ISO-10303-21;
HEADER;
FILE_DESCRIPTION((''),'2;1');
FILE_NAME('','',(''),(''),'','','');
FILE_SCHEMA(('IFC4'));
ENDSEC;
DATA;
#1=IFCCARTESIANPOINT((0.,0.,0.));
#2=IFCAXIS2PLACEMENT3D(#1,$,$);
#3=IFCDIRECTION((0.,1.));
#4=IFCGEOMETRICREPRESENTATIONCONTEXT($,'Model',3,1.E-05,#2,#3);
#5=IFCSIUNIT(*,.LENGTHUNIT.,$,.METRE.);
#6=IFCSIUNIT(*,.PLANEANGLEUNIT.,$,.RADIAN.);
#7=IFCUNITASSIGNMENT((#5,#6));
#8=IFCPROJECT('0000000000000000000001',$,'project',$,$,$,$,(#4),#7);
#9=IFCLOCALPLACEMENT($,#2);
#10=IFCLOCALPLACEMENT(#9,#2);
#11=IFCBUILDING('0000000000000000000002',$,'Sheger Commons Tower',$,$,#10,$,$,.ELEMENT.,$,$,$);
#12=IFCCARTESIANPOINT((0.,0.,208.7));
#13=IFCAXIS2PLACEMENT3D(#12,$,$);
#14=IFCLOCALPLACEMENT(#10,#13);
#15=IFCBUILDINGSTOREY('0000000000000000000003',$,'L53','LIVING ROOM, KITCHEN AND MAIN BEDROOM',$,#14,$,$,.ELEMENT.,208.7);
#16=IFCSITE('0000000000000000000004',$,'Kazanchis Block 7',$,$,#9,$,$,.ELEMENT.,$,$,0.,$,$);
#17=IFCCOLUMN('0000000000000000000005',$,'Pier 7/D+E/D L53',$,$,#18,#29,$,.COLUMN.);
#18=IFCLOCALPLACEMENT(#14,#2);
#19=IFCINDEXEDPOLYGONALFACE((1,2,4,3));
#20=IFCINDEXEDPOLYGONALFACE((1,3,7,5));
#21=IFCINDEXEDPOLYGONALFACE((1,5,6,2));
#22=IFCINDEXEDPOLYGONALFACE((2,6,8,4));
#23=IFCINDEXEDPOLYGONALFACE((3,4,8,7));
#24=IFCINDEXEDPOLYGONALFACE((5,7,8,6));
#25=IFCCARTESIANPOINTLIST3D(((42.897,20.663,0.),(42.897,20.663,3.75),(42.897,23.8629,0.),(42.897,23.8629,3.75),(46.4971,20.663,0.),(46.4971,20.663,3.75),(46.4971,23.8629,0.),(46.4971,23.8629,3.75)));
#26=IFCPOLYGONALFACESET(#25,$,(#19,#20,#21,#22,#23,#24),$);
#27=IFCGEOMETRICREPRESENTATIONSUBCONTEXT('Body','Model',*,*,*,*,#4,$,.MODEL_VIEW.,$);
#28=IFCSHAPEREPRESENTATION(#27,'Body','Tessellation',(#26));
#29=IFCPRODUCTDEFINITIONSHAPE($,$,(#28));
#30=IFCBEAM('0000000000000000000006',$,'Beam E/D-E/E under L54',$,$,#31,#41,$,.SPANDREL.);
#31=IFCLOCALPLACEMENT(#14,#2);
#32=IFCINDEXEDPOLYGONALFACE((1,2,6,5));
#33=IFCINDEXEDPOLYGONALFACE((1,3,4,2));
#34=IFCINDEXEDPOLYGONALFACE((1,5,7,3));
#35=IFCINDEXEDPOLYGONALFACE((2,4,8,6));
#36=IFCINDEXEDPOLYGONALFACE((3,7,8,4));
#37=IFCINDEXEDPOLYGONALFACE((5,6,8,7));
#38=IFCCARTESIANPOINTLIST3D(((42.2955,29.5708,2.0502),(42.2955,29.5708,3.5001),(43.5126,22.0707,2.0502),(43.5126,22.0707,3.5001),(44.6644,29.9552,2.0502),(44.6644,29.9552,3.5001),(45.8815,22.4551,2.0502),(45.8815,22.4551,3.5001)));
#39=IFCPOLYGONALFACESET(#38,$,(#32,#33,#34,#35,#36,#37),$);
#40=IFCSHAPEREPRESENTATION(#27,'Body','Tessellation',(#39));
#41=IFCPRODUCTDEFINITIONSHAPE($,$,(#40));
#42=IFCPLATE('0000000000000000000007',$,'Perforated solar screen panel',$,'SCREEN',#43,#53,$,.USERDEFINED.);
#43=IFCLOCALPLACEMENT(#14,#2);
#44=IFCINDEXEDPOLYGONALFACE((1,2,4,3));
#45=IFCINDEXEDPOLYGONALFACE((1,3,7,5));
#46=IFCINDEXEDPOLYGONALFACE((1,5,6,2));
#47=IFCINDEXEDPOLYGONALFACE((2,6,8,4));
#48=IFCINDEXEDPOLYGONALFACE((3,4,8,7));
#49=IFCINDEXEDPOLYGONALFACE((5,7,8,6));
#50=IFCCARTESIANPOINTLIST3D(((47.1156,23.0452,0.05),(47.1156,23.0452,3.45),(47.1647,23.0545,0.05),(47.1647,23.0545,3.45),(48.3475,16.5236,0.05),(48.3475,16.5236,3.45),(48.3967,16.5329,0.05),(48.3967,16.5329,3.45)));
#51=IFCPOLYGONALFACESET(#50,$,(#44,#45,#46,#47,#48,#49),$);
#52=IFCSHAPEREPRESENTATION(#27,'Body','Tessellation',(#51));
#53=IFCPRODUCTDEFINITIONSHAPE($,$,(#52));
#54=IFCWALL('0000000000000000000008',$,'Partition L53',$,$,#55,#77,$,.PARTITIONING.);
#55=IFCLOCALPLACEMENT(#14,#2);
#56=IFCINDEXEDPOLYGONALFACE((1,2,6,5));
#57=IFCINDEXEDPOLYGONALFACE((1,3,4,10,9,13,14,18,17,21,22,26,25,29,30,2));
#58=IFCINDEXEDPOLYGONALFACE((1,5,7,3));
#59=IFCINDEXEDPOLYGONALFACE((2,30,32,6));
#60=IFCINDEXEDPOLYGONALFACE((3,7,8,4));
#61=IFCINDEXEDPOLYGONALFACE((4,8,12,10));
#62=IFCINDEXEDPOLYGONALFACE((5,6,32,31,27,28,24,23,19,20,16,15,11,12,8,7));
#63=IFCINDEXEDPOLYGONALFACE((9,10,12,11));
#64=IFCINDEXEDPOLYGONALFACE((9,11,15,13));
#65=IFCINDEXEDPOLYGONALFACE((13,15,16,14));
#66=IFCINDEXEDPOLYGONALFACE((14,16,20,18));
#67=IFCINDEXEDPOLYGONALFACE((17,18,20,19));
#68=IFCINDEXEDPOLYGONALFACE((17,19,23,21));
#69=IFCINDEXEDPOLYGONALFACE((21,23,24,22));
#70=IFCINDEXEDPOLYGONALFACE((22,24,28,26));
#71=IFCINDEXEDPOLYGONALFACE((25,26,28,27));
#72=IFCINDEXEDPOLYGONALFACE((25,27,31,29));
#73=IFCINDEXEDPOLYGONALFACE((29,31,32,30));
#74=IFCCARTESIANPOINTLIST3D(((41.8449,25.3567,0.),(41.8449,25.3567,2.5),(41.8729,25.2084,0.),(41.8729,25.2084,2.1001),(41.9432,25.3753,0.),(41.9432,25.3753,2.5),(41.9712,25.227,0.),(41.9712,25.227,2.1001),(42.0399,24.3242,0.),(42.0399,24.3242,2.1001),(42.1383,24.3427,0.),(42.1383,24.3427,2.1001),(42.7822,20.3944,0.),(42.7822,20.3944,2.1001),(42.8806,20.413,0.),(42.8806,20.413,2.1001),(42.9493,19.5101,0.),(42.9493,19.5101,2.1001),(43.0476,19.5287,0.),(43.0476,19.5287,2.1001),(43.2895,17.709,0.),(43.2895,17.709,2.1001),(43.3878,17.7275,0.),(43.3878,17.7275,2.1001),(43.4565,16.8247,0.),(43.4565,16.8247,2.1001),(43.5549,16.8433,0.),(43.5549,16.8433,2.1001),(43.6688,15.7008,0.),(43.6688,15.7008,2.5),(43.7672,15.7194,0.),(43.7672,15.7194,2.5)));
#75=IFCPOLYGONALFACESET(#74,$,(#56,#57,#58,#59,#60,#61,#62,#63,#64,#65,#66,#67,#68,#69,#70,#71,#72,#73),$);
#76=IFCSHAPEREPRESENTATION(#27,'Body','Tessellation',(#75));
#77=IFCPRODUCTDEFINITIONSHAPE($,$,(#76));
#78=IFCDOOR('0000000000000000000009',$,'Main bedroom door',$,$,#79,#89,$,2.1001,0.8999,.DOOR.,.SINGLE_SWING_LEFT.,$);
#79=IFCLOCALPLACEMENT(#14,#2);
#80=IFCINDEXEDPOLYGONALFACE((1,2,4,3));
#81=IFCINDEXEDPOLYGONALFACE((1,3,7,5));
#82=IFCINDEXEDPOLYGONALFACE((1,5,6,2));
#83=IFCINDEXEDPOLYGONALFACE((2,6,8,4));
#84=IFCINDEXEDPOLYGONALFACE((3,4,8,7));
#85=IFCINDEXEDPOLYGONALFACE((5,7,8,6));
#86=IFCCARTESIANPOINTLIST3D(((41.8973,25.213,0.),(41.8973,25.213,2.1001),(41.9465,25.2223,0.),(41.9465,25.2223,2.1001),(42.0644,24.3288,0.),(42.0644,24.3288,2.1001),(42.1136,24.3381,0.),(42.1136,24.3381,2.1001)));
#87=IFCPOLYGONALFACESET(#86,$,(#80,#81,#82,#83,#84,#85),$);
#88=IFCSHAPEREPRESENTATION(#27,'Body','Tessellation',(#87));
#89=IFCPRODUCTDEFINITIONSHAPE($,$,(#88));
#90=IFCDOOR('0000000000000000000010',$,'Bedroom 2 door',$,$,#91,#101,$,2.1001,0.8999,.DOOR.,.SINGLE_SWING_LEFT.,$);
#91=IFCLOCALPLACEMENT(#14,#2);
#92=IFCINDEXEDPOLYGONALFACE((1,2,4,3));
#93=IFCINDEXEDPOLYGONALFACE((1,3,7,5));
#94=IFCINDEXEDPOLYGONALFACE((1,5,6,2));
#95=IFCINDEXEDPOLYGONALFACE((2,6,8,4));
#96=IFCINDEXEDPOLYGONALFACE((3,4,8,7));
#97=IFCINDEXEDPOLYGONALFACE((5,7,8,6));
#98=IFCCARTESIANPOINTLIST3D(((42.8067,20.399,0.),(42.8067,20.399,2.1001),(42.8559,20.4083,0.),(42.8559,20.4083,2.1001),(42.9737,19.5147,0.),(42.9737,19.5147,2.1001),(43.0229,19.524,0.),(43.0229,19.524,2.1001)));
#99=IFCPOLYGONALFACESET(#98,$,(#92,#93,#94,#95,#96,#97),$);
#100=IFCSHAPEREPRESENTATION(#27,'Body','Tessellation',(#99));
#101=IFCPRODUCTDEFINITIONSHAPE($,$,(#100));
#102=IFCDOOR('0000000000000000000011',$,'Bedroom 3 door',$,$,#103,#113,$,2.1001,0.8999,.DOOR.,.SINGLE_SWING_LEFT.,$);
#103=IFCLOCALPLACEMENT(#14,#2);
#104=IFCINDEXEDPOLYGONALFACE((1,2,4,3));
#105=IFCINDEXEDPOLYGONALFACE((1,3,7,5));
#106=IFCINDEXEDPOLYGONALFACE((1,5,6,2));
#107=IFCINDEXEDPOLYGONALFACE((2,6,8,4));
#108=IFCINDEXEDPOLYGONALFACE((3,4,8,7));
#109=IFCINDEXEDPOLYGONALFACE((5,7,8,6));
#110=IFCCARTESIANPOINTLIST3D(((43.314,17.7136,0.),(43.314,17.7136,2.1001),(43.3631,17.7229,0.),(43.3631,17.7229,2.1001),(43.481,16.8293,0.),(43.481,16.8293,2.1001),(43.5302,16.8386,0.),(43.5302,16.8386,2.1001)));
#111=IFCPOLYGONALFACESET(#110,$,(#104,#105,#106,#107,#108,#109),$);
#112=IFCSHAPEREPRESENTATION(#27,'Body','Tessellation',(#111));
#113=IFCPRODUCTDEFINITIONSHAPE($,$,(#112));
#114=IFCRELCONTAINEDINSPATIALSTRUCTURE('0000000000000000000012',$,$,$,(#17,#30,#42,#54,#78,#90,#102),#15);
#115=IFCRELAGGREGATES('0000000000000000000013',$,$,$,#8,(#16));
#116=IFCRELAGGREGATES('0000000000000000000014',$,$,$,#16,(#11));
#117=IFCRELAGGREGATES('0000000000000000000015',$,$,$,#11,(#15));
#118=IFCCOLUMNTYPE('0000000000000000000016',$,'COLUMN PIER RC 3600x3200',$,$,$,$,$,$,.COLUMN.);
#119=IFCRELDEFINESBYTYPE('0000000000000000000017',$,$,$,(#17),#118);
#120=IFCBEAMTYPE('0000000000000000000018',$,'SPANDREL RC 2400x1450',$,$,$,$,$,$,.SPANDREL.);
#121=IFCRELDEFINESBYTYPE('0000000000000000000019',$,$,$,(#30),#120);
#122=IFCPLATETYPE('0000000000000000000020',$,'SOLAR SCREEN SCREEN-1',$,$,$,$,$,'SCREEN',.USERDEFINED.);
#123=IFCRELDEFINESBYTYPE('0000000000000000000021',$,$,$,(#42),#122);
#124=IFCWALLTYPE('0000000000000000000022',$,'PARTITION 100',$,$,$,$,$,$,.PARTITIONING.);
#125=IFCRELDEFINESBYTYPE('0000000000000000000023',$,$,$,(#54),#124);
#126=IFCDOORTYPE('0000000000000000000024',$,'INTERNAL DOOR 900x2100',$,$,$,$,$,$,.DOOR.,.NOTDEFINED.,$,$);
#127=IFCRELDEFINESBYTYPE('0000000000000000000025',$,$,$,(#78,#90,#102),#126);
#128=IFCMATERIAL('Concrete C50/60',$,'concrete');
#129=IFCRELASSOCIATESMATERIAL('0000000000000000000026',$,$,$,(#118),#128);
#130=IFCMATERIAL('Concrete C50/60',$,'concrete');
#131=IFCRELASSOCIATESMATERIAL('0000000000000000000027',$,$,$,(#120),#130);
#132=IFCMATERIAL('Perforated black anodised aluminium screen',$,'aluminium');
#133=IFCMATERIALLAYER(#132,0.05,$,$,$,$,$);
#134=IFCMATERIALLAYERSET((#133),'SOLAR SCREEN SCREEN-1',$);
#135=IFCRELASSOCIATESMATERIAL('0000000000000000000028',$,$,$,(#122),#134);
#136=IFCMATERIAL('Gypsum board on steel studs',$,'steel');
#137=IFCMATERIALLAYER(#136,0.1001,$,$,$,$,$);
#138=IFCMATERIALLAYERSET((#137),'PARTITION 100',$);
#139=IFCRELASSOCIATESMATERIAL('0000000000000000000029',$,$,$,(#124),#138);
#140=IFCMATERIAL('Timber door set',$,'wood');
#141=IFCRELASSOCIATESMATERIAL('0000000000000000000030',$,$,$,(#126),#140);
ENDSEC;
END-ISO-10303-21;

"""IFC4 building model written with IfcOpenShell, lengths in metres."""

from ifc_helpers import new_model, si_unit, direction, frame, frame_2d, origin, origin_2d, place, context, subcontext, project, spatial, rectangle, extrude, material, layer, layer_set, material_profile, profile_set, type_object, element, fill, save


model = new_model("IFC4")

# Units and contexts
model_context = context("Model", 3, precision=1e-05, world=origin(), true_north=direction((0.0, 1.0)))
body_context = subcontext(model_context, "Body", "Model", "MODEL_VIEW")
ifc_project = project(units=[si_unit("LENGTHUNIT", "METRE"), si_unit("PLANEANGLEUNIT", "RADIAN")], contexts=[model_context])

# Site, building, storey
site_placement = place(None, origin())
site = spatial("IfcSite", under=ifc_project, at=site_placement, Name="Kazanchis Block 7", CompositionType="ELEMENT", RefElevation=0.0)
building_placement = place(site_placement, origin())
building = spatial("IfcBuilding", under=site, at=building_placement, Name="Sheger Commons Tower", CompositionType="ELEMENT")
storey_placement = place(building_placement, frame((0.0, 0.0, 208.7)))
storey = spatial("IfcBuildingStorey", under=building, at=storey_placement, Name="L53", Description="LIVING ROOM, KITCHEN AND MAIN BEDROOM", CompositionType="ELEMENT", Elevation=208.7)

# Column
ifc_material_1 = material(Name="Concrete C50/60", Category="concrete")
ifc_material_profile_1 = material_profile(ifc_material_1, rectangle(XDim=3.6001, YDim=3.2, at=origin_2d()), Name="RC 3600x3200")
ifc_profile_set_1 = profile_set([ifc_material_profile_1], Name="Concrete C50/60")
column_type = type_object("IfcColumnType", Name="COLUMN PIER RC 3600x3200", PredefinedType="COLUMN", material=ifc_profile_set_1)
column_placement = place(storey_placement, frame((44.697, 22.2629, 0.0), z_axis=(0.0, 0.0, 1.0), x_axis=(1.0, 0.0, 0.0)))
element("IfcColumn", 1, at=column_placement, inside=storey, type_object=column_type, Name="Pier 7/D+E/D L53", PredefinedType="COLUMN", context=body_context, shape_type="SweptSolid", body=[
    extrude(rectangle(XDim=3.6001, YDim=3.2, at=origin_2d()), origin(), (0.0, 0.0, 1.0), 3.75),
])

# Beam
ifc_material_2 = material(Name="Concrete C50/60", Category="concrete")
ifc_material_profile_2 = material_profile(ifc_material_2, rectangle(XDim=2.3999, YDim=1.45, at=origin_2d()), Name="RC 2400x1450")
ifc_profile_set_2 = profile_set([ifc_material_profile_2], Name="Concrete C50/60")
beam_type = type_object("IfcBeamType", Name="SPANDREL RC 2400x1450", PredefinedType="SPANDREL", material=ifc_profile_set_2)
beam_placement = place(storey_placement, frame((44.697, 22.2629, 2.7751), z_axis=(-0.160177, 0.987088, 0.0), x_axis=(-0.987088, -0.160177, 0.0)))
element("IfcBeam", 2, at=beam_placement, inside=storey, type_object=beam_type, Name="Beam E/D-E/E under L54", PredefinedType="SPANDREL", context=body_context, shape_type="SweptSolid", body=[
    extrude(rectangle(XDim=2.3999, YDim=1.45, at=origin_2d()), origin(), (0.0, 0.0, 1.0), 7.5981),
])

# Plate
ifc_material_3 = material(Name="Perforated black anodised aluminium screen", Category="aluminium")
ifc_layer_1 = layer(ifc_material_3, 0.05)
ifc_layer_set_1 = layer_set([ifc_layer_1], Name="SOLAR SCREEN SCREEN-1")
plate_type = type_object("IfcPlateType", Name="SOLAR SCREEN SCREEN-1", ElementType="SCREEN", PredefinedType="USERDEFINED", material=ifc_layer_set_1)
plate_placement = place(storey_placement, frame((47.7561, 19.7891, 0.05), z_axis=(0.0, 0.0, 1.0), x_axis=(-0.185615, 0.982623, 0.0)))
element("IfcPlate", 3, at=plate_placement, inside=storey, type_object=plate_type, Name="Perforated solar screen panel", ObjectType="SCREEN", PredefinedType="USERDEFINED", context=body_context, shape_type="SweptSolid", body=[
    extrude(rectangle(XDim=6.637, YDim=0.05, at=origin_2d()), origin(), (0.0, 0.0, 1.0), 3.3999),
])

# Wall, openings, doors
ifc_material_4 = material(Name="Gypsum board on steel studs", Category="steel")
ifc_layer_2 = layer(ifc_material_4, 0.1001)
ifc_layer_set_2 = layer_set([ifc_layer_2], Name="PARTITION 100")
wall_type = type_object("IfcWallType", Name="PARTITION 100", PredefinedType="PARTITIONING", material=ifc_layer_set_2)
wall_1_placement = place(storey_placement, frame((41.894, 25.366, 0.0), z_axis=(0.0, 0.0, 1.0), x_axis=(0.185613, -0.982623, 0.0)))
wall_1 = element("IfcWall", 4, at=wall_1_placement, inside=storey, type_object=wall_type, Name="Partition L53", PredefinedType="PARTITIONING", context=body_context, shape_type="SweptSolid", body=[
    extrude(rectangle(XDim=9.8267, YDim=0.1001, at=frame_2d((4.9133, 0.0))), origin(), (0.0, 0.0, 1.0), 2.5),
])
opening_1_placement = place(wall_1_placement, frame((0.1509, 0.0, 0.0)))
opening_1 = element("IfcOpeningElement", 5, at=opening_1_placement, cuts=wall_1, PredefinedType="OPENING", context=body_context, shape_type="SweptSolid", body=[
    extrude(rectangle(XDim=0.8999, YDim=2.1001, at=frame_2d((0.45, 1.05))), frame((0.0, 0.0601, 0.0), z_axis=(0.0, -1.0, 0.0), x_axis=(1.0, 0.0, 0.0)), (0.0, 0.0, 1.0), 0.1201),
])
opening_2_placement = place(wall_1_placement, frame((5.05, 0.0, 0.0)))
opening_2 = element("IfcOpeningElement", 6, at=opening_2_placement, cuts=wall_1, PredefinedType="OPENING", context=body_context, shape_type="SweptSolid", body=[
    extrude(rectangle(XDim=0.8999, YDim=2.1001, at=frame_2d((0.45, 1.05))), frame((0.0, 0.0601, 0.0), z_axis=(0.0, -1.0, 0.0), x_axis=(1.0, 0.0, 0.0)), (0.0, 0.0, 1.0), 0.1201),
])
opening_3_placement = place(wall_1_placement, frame((7.783, 0.0, 0.0)))
opening_3 = element("IfcOpeningElement", 7, at=opening_3_placement, cuts=wall_1, PredefinedType="OPENING", context=body_context, shape_type="SweptSolid", body=[
    extrude(rectangle(XDim=0.8999, YDim=2.1001, at=frame_2d((0.45, 1.05))), frame((0.0, 0.0601, 0.0), z_axis=(0.0, -1.0, 0.0), x_axis=(1.0, 0.0, 0.0)), (0.0, 0.0, 1.0), 0.1201),
])
ifc_material_5 = material(Name="Timber door set", Category="wood")
door_type = type_object("IfcDoorType", Name="INTERNAL DOOR 900x2100", OperationType="NOTDEFINED", PredefinedType="DOOR", material=ifc_material_5)
door_1_placement = place(opening_1_placement, origin())
door_1 = element("IfcDoor", 8, at=door_1_placement, inside=storey, type_object=door_type, Name="Main bedroom door", OperationType="SINGLE_SWING_LEFT", OverallHeight=2.1001, OverallWidth=0.8999, PredefinedType="DOOR", context=body_context, shape_type="SweptSolid", body=[
    extrude(rectangle(XDim=0.8999, YDim=2.1001, at=frame_2d((0.45, 1.05))), frame((0.0, 0.0249, 0.0), z_axis=(0.0, -1.0, 0.0), x_axis=(1.0, 0.0, 0.0)), (0.0, 0.0, 1.0), 0.05),
])
fill(opening_1, door_1)
door_2_placement = place(opening_2_placement, origin())
door_2 = element("IfcDoor", 9, at=door_2_placement, inside=storey, type_object=door_type, Name="Bedroom 2 door", OperationType="SINGLE_SWING_LEFT", OverallHeight=2.1001, OverallWidth=0.8999, PredefinedType="DOOR", context=body_context, shape_type="SweptSolid", body=[
    extrude(rectangle(XDim=0.8999, YDim=2.1001, at=frame_2d((0.45, 1.05))), frame((0.0, 0.0249, 0.0), z_axis=(0.0, -1.0, 0.0), x_axis=(1.0, 0.0, 0.0)), (0.0, 0.0, 1.0), 0.05),
])
fill(opening_2, door_2)
door_3_placement = place(opening_3_placement, origin())
door_3 = element("IfcDoor", 10, at=door_3_placement, inside=storey, type_object=door_type, Name="Bedroom 3 door", OperationType="SINGLE_SWING_LEFT", OverallHeight=2.1001, OverallWidth=0.8999, PredefinedType="DOOR", context=body_context, shape_type="SweptSolid", body=[
    extrude(rectangle(XDim=0.8999, YDim=2.1001, at=frame_2d((0.45, 1.05))), frame((0.0, 0.0249, 0.0), z_axis=(0.0, -1.0, 0.0), x_axis=(1.0, 0.0, 0.0)), (0.0, 0.0, 1.0), 0.05),
])
fill(opening_3, door_3)

save(model, "model.ifc")
